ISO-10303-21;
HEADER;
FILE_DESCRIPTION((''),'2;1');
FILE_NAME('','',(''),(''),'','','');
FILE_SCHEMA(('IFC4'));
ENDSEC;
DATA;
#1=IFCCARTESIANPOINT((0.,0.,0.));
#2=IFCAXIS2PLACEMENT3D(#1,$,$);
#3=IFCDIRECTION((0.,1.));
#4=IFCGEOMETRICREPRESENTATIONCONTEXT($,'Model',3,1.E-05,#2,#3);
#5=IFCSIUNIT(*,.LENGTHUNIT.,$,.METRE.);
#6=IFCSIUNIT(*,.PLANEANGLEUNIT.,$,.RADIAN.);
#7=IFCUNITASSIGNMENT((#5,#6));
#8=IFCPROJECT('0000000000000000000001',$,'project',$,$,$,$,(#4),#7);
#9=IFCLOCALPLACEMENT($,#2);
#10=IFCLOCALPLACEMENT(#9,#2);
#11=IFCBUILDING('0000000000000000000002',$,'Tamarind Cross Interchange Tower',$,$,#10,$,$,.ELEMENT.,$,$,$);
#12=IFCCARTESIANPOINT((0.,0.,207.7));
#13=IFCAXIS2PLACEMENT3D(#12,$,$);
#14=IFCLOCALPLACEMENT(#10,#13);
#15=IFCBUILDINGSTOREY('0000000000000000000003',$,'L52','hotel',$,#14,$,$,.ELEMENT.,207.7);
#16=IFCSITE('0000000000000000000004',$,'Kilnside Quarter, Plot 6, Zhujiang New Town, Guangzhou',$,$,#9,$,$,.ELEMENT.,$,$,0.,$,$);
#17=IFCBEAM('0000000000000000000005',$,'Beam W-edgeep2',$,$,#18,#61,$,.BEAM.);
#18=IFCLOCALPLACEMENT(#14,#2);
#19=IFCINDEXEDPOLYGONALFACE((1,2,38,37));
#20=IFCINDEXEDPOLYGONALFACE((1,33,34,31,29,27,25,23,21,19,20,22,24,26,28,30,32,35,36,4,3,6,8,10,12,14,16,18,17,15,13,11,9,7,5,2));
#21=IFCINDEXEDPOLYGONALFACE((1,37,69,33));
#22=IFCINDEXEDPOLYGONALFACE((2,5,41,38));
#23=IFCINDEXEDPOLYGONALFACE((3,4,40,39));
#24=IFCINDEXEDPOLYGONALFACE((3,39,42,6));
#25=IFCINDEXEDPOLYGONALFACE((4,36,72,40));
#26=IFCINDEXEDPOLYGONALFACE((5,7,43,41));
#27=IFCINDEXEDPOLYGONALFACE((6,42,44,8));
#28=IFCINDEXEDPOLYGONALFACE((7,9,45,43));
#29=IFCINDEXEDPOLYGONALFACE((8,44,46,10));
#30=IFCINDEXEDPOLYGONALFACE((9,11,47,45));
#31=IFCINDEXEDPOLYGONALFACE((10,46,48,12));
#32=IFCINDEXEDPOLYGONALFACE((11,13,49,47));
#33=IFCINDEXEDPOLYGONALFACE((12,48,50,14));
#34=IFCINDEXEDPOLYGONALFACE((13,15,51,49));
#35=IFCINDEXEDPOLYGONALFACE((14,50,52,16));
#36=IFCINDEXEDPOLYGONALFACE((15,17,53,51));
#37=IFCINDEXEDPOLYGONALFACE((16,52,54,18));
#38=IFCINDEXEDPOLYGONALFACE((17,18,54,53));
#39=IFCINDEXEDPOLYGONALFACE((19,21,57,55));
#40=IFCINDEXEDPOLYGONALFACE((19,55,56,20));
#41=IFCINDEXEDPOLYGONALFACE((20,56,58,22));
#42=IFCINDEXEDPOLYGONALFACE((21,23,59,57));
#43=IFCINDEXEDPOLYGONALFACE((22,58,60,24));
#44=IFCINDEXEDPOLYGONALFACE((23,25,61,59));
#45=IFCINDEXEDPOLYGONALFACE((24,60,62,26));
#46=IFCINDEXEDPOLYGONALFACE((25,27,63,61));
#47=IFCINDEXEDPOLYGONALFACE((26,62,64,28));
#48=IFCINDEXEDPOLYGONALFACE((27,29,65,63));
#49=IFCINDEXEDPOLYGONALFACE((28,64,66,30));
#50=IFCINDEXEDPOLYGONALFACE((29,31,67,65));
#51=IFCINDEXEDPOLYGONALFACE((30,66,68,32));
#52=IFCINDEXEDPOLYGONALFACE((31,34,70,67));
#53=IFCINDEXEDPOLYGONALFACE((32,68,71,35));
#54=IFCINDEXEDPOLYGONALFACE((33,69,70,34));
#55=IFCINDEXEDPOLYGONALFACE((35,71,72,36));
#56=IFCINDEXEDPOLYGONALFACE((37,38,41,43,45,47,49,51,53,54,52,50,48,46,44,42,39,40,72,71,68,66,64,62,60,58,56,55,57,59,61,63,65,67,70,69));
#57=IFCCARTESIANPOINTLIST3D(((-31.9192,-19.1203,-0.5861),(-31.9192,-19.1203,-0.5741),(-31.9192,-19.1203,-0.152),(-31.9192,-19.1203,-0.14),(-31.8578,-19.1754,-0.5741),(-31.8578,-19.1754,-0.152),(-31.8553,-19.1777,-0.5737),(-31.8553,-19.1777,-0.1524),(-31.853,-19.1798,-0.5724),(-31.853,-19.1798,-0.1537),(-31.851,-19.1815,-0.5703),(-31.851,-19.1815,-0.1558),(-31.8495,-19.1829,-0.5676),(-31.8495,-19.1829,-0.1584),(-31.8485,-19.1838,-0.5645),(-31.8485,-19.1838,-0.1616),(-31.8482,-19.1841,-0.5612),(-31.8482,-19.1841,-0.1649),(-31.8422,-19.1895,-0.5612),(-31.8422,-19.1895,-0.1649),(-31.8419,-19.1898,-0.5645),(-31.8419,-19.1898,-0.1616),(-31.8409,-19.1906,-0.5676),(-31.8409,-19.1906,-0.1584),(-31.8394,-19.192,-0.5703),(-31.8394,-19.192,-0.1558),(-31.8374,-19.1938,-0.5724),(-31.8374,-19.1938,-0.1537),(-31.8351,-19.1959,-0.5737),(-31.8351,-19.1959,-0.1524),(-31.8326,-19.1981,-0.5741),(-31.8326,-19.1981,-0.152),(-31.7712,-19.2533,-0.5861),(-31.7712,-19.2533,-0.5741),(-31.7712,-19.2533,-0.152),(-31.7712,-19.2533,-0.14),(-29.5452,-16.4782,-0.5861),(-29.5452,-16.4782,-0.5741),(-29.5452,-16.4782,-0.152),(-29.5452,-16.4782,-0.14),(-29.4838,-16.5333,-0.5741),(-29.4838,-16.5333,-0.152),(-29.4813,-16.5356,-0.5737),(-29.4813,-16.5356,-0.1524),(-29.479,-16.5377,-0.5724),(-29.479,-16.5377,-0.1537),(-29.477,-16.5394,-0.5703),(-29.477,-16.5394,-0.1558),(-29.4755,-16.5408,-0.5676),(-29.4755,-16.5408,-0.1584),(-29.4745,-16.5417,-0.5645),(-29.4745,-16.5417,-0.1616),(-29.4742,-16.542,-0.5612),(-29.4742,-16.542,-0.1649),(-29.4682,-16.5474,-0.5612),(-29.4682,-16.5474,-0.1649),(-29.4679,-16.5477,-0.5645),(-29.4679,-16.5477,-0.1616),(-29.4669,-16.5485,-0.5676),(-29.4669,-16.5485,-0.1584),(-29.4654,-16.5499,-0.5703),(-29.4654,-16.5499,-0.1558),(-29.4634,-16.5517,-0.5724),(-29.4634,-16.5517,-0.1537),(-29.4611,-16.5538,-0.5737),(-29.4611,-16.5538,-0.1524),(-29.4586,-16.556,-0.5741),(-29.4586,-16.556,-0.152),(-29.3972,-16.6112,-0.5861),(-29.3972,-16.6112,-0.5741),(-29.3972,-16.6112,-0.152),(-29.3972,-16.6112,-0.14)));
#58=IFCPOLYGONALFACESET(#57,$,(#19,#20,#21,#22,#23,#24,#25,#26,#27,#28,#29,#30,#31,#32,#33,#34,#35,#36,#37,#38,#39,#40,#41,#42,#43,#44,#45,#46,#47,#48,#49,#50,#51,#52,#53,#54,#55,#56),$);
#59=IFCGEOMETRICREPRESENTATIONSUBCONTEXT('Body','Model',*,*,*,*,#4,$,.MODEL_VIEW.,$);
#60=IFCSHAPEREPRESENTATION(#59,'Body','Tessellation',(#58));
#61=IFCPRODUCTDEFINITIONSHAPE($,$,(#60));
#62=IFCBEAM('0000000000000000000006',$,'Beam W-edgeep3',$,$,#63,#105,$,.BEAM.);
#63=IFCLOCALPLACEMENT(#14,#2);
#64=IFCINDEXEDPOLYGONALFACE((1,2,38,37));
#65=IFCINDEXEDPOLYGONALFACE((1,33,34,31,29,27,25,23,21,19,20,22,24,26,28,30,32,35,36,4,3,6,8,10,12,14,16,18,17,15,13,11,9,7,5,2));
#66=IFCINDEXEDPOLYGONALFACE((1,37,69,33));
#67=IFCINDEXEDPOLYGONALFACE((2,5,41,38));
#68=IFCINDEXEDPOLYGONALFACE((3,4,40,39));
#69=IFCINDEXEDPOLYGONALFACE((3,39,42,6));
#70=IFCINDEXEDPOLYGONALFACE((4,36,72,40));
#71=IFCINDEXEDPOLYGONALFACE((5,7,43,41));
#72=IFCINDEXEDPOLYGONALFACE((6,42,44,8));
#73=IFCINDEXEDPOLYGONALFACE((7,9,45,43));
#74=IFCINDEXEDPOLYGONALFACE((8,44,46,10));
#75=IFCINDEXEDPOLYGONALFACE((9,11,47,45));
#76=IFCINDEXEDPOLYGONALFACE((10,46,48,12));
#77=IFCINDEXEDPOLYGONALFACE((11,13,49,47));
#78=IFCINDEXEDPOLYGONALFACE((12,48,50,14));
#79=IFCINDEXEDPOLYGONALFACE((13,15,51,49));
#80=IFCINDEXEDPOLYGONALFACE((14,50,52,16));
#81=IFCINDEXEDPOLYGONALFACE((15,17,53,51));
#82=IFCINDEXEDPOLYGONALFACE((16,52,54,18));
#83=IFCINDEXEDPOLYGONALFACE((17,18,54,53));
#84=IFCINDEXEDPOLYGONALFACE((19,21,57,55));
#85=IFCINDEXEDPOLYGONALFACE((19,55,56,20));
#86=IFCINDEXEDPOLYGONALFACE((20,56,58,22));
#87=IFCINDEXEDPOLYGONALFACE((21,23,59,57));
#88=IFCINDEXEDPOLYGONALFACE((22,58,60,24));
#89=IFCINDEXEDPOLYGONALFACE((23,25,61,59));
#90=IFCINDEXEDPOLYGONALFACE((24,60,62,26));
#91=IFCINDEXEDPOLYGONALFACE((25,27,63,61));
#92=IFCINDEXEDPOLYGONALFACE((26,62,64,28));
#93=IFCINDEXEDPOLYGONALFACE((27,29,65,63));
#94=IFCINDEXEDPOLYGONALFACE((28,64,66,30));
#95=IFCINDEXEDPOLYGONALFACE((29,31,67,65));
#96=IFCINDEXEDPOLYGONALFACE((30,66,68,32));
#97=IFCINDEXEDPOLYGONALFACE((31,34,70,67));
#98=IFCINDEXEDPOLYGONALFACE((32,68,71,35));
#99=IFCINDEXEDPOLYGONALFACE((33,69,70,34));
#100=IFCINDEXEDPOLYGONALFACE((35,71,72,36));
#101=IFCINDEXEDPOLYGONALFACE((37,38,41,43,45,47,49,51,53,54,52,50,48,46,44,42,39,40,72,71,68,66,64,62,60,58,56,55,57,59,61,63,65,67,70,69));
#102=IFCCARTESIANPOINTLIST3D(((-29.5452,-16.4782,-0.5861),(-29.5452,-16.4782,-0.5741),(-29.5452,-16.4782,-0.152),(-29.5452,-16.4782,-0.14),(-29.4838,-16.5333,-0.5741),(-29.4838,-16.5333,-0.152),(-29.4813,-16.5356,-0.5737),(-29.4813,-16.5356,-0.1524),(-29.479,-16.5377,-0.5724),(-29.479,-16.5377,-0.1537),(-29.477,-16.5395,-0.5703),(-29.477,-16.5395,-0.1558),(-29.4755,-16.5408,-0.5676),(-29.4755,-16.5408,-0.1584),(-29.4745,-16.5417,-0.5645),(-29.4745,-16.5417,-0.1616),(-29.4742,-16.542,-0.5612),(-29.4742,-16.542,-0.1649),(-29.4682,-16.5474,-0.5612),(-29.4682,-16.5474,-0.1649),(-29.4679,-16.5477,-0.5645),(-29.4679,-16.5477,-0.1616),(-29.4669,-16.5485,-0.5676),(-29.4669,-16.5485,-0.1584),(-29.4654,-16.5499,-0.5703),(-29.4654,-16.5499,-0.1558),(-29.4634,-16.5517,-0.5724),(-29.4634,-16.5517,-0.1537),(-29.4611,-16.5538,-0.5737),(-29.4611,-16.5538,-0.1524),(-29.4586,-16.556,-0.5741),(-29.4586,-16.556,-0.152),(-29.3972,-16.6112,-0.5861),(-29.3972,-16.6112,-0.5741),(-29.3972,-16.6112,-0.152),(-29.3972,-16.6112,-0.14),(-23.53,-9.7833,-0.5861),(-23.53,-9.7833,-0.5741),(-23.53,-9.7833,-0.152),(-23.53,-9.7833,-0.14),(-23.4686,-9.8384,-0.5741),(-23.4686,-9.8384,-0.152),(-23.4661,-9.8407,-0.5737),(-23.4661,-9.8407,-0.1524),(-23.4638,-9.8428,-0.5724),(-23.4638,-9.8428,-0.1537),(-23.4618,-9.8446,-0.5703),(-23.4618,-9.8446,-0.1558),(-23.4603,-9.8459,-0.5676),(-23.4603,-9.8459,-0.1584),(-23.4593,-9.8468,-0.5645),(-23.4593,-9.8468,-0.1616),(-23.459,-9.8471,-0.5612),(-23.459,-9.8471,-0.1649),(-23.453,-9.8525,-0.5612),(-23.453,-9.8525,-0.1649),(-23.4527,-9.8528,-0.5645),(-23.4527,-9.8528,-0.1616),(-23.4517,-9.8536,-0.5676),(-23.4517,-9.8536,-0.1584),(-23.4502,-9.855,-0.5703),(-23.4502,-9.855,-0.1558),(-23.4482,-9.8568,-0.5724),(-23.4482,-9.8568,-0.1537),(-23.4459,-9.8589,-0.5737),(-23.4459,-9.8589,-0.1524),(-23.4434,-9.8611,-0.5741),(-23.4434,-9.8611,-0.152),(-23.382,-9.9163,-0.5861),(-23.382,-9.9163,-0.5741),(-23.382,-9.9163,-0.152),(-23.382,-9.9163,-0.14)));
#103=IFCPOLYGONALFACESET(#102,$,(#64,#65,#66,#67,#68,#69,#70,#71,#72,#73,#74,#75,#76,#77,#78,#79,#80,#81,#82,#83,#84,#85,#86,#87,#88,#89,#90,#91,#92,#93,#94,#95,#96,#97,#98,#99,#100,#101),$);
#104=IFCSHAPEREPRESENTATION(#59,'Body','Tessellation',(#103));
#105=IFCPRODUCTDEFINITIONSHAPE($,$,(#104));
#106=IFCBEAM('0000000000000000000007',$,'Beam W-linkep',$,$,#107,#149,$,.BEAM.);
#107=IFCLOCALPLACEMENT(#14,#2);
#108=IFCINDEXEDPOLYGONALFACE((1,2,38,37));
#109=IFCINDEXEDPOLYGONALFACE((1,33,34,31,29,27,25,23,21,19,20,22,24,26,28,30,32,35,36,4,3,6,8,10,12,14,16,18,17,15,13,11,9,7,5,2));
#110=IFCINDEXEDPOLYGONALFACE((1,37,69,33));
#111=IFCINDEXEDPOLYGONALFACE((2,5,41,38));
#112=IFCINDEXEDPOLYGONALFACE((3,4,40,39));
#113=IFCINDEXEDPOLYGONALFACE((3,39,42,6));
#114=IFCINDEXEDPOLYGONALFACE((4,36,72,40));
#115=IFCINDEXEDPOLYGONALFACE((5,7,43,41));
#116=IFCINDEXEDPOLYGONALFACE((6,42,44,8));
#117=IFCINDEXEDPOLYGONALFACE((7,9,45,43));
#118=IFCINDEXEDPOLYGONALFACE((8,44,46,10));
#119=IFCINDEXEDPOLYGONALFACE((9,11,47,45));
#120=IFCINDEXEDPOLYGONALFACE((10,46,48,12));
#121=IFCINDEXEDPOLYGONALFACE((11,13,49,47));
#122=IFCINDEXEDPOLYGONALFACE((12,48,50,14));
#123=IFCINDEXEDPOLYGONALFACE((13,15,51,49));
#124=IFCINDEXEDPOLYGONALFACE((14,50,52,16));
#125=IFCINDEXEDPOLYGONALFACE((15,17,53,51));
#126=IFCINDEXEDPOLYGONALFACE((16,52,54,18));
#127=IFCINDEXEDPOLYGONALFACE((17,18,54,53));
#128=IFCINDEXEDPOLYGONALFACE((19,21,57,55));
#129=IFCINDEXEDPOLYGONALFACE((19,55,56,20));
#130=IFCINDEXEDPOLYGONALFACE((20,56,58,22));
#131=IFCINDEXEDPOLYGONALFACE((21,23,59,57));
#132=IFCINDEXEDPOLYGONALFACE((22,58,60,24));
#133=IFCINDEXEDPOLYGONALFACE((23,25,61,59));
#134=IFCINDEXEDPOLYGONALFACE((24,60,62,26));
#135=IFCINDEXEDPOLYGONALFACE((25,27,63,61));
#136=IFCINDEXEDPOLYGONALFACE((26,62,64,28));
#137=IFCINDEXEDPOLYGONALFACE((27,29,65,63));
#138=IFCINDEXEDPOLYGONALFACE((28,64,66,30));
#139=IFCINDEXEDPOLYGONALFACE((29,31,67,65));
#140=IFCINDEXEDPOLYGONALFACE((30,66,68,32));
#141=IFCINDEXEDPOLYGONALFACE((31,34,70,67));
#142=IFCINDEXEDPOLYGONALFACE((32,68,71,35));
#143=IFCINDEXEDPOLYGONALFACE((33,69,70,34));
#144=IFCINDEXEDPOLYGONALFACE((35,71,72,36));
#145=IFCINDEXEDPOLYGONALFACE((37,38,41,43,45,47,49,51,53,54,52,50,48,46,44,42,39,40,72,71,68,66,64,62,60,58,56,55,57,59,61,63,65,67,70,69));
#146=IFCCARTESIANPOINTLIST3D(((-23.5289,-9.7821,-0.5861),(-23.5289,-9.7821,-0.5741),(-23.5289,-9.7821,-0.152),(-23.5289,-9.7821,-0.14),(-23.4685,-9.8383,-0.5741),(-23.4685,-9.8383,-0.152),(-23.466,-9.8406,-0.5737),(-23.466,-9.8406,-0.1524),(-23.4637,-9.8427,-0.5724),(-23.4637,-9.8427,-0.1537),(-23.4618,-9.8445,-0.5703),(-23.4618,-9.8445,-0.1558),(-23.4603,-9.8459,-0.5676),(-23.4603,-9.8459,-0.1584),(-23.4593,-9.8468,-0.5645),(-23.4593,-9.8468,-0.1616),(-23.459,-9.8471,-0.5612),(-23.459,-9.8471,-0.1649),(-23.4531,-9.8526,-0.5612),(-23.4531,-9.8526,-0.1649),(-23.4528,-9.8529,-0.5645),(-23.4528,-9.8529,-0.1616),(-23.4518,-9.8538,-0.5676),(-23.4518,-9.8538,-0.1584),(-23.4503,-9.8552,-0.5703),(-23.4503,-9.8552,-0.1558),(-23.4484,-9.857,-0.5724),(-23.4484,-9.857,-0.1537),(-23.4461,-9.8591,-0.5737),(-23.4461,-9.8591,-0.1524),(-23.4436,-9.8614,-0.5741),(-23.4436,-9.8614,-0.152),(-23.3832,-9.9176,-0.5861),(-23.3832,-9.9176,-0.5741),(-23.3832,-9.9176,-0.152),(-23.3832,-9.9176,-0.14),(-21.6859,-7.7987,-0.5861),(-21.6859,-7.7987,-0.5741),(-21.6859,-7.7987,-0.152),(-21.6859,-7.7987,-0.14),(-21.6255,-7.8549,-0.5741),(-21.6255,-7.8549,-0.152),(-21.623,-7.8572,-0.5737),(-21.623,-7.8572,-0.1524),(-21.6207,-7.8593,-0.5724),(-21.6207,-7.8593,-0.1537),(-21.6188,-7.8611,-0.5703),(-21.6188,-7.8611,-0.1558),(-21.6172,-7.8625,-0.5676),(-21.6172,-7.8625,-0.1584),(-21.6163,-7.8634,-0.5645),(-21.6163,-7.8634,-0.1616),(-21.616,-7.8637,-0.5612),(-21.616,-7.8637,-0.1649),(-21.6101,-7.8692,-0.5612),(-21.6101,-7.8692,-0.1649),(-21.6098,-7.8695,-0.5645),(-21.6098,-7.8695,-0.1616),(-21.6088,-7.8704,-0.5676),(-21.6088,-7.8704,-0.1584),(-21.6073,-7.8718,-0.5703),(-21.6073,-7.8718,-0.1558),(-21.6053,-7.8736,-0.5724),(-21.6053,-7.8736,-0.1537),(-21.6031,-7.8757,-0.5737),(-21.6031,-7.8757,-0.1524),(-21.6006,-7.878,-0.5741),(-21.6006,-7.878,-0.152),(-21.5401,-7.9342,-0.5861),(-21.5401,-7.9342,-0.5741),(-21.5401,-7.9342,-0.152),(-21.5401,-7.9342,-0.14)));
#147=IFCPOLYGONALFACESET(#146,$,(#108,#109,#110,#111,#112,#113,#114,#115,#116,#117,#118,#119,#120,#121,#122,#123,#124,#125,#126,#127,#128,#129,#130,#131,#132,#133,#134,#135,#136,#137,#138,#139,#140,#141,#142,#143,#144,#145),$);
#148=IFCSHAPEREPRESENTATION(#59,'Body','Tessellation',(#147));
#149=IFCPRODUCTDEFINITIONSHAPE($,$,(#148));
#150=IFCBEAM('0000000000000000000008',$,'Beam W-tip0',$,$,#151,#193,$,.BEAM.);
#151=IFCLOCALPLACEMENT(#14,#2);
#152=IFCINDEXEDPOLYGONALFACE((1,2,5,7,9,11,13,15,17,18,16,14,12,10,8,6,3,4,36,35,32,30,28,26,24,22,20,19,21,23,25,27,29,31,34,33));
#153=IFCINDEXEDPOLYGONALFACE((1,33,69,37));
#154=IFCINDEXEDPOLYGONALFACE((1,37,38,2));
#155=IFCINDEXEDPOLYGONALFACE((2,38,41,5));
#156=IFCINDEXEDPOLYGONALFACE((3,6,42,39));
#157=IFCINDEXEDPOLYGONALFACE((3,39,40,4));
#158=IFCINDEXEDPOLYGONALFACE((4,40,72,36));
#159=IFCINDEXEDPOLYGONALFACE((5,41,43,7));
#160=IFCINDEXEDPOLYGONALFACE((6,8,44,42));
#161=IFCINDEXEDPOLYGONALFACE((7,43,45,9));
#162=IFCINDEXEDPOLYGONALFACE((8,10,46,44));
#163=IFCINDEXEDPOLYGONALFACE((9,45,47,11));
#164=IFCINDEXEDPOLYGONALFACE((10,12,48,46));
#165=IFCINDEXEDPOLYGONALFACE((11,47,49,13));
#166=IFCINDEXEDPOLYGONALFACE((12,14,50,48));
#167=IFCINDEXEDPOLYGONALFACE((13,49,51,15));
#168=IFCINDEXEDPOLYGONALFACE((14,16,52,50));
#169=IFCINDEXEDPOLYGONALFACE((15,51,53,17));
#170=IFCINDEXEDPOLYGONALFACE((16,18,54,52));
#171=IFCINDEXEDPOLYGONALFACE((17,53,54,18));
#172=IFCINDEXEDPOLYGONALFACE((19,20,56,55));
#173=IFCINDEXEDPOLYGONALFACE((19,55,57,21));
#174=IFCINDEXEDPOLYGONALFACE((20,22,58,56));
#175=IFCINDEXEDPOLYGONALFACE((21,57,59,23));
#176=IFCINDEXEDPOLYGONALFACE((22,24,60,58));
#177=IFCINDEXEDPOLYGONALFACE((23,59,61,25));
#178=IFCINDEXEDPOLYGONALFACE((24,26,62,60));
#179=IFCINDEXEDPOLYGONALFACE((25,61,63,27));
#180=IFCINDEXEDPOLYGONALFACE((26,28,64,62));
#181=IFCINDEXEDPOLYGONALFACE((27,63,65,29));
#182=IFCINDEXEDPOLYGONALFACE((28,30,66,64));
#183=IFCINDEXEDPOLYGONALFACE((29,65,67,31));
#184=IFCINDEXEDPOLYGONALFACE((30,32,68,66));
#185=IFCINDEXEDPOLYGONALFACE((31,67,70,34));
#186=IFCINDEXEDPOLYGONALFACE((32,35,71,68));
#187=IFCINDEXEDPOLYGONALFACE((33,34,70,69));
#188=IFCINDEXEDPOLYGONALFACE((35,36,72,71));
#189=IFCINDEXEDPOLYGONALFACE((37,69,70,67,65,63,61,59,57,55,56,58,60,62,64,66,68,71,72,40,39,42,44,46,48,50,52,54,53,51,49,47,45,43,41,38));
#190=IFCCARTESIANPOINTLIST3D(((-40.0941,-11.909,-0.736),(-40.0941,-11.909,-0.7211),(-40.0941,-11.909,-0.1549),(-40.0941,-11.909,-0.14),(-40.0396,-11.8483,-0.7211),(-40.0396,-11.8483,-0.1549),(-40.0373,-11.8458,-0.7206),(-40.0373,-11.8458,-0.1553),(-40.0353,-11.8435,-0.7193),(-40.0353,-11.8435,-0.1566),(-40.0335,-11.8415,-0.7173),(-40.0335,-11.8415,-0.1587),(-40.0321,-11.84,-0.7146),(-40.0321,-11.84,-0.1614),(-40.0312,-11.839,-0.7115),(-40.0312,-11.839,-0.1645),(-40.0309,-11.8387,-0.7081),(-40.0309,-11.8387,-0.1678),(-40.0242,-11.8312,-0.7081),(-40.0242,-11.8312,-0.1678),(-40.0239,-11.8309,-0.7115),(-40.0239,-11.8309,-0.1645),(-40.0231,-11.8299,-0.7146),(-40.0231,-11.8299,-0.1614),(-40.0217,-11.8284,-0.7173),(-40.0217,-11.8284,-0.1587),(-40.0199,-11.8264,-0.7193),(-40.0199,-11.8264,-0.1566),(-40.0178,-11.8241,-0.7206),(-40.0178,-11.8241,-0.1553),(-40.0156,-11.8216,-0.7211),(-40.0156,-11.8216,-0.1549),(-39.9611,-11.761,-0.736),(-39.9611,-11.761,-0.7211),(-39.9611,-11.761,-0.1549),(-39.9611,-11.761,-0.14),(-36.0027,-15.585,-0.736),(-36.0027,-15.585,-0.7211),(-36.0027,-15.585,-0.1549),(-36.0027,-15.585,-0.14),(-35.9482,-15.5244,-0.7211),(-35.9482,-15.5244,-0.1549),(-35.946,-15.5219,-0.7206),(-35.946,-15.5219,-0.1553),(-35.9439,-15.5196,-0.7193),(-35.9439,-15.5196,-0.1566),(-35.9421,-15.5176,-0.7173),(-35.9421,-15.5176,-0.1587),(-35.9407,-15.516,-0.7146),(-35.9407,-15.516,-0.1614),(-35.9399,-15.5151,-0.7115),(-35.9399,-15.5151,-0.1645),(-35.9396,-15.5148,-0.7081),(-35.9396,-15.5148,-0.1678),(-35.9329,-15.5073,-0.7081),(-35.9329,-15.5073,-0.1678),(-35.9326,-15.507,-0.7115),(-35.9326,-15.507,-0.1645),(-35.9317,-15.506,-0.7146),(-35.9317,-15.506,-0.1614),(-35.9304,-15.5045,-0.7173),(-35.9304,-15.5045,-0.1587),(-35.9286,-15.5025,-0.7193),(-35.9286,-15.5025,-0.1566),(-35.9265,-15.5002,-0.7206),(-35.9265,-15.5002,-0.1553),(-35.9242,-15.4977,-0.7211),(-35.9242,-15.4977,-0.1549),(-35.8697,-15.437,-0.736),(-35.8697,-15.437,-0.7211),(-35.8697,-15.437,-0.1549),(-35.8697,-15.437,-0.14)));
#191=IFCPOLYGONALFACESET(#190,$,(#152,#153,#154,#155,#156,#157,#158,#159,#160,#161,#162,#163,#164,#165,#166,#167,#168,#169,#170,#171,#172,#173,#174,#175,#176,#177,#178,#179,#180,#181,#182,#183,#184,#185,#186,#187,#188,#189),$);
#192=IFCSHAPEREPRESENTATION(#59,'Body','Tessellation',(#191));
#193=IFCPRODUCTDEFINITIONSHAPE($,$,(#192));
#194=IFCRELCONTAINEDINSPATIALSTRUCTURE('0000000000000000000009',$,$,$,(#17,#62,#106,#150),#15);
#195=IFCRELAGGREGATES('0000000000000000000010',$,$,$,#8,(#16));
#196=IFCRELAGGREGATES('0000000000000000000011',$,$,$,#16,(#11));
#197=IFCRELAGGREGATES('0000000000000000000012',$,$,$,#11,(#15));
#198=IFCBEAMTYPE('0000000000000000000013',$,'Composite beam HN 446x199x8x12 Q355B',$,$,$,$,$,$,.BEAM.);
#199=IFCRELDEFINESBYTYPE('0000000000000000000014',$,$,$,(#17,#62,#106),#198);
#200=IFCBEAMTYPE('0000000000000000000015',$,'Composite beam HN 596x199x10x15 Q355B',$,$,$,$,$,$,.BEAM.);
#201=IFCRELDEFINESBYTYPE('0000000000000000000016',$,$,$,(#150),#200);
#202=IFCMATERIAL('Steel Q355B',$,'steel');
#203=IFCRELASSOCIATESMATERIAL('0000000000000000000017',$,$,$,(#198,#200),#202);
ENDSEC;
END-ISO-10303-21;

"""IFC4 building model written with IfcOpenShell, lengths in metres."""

from ifc_helpers import new_model, si_unit, direction, frame, origin, origin_2d, place, context, subcontext, project, spatial, i_section, extrude, material, material_profile, profile_set, type_object, element, save


model = new_model("IFC4")

# Units and contexts
model_context = context("Model", 3, precision=1e-05, world=origin(), true_north=direction((0.0, 1.0)))
body_context = subcontext(model_context, "Body", "Model", "MODEL_VIEW")
ifc_project = project(units=[si_unit("LENGTHUNIT", "METRE"), si_unit("PLANEANGLEUNIT", "RADIAN")], contexts=[model_context])

# Site, building, storey
site_placement = place(None, origin())
site = spatial("IfcSite", under=ifc_project, at=site_placement, Name="Kilnside Quarter, Plot 6, Zhujiang New Town, Guangzhou", CompositionType="ELEMENT", RefElevation=0.0)
building_placement = place(site_placement, origin())
building = spatial("IfcBuilding", under=site, at=building_placement, Name="Tamarind Cross Interchange Tower", CompositionType="ELEMENT")
storey_placement = place(building_placement, frame((0.0, 0.0, 207.7)))
storey = spatial("IfcBuildingStorey", under=building, at=storey_placement, Name="L52", Description="hotel", CompositionType="ELEMENT", Elevation=207.7)

# Beams
ifc_material_1 = material(Name="Steel Q355B", Category="steel")
ifc_material_profile_1 = material_profile(ifc_material_1, i_section(OverallWidth=0.199, OverallDepth=0.446, WebThickness=0.0081, FlangeThickness=0.012, FilletRadius=0.0129, at=origin_2d()), Name="HN 446x199x8x12")
ifc_profile_set_1 = profile_set([ifc_material_profile_1], Name="Steel Q355B")
beam_type_1 = type_object("IfcBeamType", Name="Composite beam HN 446x199x8x12 Q355B", PredefinedType="BEAM", material=ifc_profile_set_1)
beam_1_placement = place(storey_placement, frame((-31.8452, -19.1868, -0.363), z_axis=(0.668365, 0.743834, 0.0), x_axis=(-0.743834, 0.668365, 0.0)))
element("IfcBeam", 1, at=beam_1_placement, inside=storey, type_object=beam_type_1, Name="Beam W-edgeep2", PredefinedType="BEAM", context=body_context, shape_type="SweptSolid", body=[
    extrude(i_section(OverallWidth=0.199, OverallDepth=0.446, WebThickness=0.0081, FlangeThickness=0.012, FilletRadius=0.0129, at=origin_2d()), origin(), (0.0, 0.0, 1.0), 3.552),
])
beam_2_placement = place(storey_placement, frame((-29.4712, -16.5447, -0.363), z_axis=(0.668338, 0.743858, 0.0), x_axis=(-0.743858, 0.668338, 0.0)))
element("IfcBeam", 2, at=beam_2_placement, inside=storey, type_object=beam_type_1, Name="Beam W-edgeep3", PredefinedType="BEAM", context=body_context, shape_type="SweptSolid", body=[
    extrude(i_section(OverallWidth=0.199, OverallDepth=0.446, WebThickness=0.0081, FlangeThickness=0.012, FilletRadius=0.0129, at=origin_2d()), origin(), (0.0, 0.0, 1.0), 9.0002),
])
beam_3_placement = place(storey_placement, frame((-23.4561, -9.8499, -0.363), z_axis=(0.680707, 0.732556, 0.0), x_axis=(-0.732556, 0.680707, 0.0)))
element("IfcBeam", 3, at=beam_3_placement, inside=storey, type_object=beam_type_1, Name="Beam W-linkep", PredefinedType="BEAM", context=body_context, shape_type="SweptSolid", body=[
    extrude(i_section(OverallWidth=0.199, OverallDepth=0.446, WebThickness=0.0081, FlangeThickness=0.012, FilletRadius=0.0129, at=origin_2d()), origin(), (0.0, 0.0, 1.0), 2.7075),
])
ifc_material_profile_2 = material_profile(ifc_material_1, i_section(OverallWidth=0.199, OverallDepth=0.5959, WebThickness=0.01, FlangeThickness=0.0149, FilletRadius=0.0129, at=origin_2d()), Name="HN 596x199x10x15")
ifc_profile_set_2 = profile_set([ifc_material_profile_2], Name="Steel Q355B")
beam_type_2 = type_object("IfcBeamType", Name="Composite beam HN 596x199x10x15 Q355B", PredefinedType="BEAM", material=ifc_profile_set_2)
beam_4_placement = place(storey_placement, frame((-40.0276, -11.835, -0.438), z_axis=(0.74385, -0.668347, 0.0), x_axis=(0.668347, 0.74385, 0.0)))
element("IfcBeam", 4, at=beam_4_placement, inside=storey, type_object=beam_type_2, Name="Beam W-tip0", PredefinedType="BEAM", context=body_context, shape_type="SweptSolid", body=[
    extrude(i_section(OverallWidth=0.199, OverallDepth=0.5959, WebThickness=0.01, FlangeThickness=0.0149, FilletRadius=0.0129, at=origin_2d()), origin(), (0.0, 0.0, 1.0), 5.5002),
])

save(model, "model.ifc")
